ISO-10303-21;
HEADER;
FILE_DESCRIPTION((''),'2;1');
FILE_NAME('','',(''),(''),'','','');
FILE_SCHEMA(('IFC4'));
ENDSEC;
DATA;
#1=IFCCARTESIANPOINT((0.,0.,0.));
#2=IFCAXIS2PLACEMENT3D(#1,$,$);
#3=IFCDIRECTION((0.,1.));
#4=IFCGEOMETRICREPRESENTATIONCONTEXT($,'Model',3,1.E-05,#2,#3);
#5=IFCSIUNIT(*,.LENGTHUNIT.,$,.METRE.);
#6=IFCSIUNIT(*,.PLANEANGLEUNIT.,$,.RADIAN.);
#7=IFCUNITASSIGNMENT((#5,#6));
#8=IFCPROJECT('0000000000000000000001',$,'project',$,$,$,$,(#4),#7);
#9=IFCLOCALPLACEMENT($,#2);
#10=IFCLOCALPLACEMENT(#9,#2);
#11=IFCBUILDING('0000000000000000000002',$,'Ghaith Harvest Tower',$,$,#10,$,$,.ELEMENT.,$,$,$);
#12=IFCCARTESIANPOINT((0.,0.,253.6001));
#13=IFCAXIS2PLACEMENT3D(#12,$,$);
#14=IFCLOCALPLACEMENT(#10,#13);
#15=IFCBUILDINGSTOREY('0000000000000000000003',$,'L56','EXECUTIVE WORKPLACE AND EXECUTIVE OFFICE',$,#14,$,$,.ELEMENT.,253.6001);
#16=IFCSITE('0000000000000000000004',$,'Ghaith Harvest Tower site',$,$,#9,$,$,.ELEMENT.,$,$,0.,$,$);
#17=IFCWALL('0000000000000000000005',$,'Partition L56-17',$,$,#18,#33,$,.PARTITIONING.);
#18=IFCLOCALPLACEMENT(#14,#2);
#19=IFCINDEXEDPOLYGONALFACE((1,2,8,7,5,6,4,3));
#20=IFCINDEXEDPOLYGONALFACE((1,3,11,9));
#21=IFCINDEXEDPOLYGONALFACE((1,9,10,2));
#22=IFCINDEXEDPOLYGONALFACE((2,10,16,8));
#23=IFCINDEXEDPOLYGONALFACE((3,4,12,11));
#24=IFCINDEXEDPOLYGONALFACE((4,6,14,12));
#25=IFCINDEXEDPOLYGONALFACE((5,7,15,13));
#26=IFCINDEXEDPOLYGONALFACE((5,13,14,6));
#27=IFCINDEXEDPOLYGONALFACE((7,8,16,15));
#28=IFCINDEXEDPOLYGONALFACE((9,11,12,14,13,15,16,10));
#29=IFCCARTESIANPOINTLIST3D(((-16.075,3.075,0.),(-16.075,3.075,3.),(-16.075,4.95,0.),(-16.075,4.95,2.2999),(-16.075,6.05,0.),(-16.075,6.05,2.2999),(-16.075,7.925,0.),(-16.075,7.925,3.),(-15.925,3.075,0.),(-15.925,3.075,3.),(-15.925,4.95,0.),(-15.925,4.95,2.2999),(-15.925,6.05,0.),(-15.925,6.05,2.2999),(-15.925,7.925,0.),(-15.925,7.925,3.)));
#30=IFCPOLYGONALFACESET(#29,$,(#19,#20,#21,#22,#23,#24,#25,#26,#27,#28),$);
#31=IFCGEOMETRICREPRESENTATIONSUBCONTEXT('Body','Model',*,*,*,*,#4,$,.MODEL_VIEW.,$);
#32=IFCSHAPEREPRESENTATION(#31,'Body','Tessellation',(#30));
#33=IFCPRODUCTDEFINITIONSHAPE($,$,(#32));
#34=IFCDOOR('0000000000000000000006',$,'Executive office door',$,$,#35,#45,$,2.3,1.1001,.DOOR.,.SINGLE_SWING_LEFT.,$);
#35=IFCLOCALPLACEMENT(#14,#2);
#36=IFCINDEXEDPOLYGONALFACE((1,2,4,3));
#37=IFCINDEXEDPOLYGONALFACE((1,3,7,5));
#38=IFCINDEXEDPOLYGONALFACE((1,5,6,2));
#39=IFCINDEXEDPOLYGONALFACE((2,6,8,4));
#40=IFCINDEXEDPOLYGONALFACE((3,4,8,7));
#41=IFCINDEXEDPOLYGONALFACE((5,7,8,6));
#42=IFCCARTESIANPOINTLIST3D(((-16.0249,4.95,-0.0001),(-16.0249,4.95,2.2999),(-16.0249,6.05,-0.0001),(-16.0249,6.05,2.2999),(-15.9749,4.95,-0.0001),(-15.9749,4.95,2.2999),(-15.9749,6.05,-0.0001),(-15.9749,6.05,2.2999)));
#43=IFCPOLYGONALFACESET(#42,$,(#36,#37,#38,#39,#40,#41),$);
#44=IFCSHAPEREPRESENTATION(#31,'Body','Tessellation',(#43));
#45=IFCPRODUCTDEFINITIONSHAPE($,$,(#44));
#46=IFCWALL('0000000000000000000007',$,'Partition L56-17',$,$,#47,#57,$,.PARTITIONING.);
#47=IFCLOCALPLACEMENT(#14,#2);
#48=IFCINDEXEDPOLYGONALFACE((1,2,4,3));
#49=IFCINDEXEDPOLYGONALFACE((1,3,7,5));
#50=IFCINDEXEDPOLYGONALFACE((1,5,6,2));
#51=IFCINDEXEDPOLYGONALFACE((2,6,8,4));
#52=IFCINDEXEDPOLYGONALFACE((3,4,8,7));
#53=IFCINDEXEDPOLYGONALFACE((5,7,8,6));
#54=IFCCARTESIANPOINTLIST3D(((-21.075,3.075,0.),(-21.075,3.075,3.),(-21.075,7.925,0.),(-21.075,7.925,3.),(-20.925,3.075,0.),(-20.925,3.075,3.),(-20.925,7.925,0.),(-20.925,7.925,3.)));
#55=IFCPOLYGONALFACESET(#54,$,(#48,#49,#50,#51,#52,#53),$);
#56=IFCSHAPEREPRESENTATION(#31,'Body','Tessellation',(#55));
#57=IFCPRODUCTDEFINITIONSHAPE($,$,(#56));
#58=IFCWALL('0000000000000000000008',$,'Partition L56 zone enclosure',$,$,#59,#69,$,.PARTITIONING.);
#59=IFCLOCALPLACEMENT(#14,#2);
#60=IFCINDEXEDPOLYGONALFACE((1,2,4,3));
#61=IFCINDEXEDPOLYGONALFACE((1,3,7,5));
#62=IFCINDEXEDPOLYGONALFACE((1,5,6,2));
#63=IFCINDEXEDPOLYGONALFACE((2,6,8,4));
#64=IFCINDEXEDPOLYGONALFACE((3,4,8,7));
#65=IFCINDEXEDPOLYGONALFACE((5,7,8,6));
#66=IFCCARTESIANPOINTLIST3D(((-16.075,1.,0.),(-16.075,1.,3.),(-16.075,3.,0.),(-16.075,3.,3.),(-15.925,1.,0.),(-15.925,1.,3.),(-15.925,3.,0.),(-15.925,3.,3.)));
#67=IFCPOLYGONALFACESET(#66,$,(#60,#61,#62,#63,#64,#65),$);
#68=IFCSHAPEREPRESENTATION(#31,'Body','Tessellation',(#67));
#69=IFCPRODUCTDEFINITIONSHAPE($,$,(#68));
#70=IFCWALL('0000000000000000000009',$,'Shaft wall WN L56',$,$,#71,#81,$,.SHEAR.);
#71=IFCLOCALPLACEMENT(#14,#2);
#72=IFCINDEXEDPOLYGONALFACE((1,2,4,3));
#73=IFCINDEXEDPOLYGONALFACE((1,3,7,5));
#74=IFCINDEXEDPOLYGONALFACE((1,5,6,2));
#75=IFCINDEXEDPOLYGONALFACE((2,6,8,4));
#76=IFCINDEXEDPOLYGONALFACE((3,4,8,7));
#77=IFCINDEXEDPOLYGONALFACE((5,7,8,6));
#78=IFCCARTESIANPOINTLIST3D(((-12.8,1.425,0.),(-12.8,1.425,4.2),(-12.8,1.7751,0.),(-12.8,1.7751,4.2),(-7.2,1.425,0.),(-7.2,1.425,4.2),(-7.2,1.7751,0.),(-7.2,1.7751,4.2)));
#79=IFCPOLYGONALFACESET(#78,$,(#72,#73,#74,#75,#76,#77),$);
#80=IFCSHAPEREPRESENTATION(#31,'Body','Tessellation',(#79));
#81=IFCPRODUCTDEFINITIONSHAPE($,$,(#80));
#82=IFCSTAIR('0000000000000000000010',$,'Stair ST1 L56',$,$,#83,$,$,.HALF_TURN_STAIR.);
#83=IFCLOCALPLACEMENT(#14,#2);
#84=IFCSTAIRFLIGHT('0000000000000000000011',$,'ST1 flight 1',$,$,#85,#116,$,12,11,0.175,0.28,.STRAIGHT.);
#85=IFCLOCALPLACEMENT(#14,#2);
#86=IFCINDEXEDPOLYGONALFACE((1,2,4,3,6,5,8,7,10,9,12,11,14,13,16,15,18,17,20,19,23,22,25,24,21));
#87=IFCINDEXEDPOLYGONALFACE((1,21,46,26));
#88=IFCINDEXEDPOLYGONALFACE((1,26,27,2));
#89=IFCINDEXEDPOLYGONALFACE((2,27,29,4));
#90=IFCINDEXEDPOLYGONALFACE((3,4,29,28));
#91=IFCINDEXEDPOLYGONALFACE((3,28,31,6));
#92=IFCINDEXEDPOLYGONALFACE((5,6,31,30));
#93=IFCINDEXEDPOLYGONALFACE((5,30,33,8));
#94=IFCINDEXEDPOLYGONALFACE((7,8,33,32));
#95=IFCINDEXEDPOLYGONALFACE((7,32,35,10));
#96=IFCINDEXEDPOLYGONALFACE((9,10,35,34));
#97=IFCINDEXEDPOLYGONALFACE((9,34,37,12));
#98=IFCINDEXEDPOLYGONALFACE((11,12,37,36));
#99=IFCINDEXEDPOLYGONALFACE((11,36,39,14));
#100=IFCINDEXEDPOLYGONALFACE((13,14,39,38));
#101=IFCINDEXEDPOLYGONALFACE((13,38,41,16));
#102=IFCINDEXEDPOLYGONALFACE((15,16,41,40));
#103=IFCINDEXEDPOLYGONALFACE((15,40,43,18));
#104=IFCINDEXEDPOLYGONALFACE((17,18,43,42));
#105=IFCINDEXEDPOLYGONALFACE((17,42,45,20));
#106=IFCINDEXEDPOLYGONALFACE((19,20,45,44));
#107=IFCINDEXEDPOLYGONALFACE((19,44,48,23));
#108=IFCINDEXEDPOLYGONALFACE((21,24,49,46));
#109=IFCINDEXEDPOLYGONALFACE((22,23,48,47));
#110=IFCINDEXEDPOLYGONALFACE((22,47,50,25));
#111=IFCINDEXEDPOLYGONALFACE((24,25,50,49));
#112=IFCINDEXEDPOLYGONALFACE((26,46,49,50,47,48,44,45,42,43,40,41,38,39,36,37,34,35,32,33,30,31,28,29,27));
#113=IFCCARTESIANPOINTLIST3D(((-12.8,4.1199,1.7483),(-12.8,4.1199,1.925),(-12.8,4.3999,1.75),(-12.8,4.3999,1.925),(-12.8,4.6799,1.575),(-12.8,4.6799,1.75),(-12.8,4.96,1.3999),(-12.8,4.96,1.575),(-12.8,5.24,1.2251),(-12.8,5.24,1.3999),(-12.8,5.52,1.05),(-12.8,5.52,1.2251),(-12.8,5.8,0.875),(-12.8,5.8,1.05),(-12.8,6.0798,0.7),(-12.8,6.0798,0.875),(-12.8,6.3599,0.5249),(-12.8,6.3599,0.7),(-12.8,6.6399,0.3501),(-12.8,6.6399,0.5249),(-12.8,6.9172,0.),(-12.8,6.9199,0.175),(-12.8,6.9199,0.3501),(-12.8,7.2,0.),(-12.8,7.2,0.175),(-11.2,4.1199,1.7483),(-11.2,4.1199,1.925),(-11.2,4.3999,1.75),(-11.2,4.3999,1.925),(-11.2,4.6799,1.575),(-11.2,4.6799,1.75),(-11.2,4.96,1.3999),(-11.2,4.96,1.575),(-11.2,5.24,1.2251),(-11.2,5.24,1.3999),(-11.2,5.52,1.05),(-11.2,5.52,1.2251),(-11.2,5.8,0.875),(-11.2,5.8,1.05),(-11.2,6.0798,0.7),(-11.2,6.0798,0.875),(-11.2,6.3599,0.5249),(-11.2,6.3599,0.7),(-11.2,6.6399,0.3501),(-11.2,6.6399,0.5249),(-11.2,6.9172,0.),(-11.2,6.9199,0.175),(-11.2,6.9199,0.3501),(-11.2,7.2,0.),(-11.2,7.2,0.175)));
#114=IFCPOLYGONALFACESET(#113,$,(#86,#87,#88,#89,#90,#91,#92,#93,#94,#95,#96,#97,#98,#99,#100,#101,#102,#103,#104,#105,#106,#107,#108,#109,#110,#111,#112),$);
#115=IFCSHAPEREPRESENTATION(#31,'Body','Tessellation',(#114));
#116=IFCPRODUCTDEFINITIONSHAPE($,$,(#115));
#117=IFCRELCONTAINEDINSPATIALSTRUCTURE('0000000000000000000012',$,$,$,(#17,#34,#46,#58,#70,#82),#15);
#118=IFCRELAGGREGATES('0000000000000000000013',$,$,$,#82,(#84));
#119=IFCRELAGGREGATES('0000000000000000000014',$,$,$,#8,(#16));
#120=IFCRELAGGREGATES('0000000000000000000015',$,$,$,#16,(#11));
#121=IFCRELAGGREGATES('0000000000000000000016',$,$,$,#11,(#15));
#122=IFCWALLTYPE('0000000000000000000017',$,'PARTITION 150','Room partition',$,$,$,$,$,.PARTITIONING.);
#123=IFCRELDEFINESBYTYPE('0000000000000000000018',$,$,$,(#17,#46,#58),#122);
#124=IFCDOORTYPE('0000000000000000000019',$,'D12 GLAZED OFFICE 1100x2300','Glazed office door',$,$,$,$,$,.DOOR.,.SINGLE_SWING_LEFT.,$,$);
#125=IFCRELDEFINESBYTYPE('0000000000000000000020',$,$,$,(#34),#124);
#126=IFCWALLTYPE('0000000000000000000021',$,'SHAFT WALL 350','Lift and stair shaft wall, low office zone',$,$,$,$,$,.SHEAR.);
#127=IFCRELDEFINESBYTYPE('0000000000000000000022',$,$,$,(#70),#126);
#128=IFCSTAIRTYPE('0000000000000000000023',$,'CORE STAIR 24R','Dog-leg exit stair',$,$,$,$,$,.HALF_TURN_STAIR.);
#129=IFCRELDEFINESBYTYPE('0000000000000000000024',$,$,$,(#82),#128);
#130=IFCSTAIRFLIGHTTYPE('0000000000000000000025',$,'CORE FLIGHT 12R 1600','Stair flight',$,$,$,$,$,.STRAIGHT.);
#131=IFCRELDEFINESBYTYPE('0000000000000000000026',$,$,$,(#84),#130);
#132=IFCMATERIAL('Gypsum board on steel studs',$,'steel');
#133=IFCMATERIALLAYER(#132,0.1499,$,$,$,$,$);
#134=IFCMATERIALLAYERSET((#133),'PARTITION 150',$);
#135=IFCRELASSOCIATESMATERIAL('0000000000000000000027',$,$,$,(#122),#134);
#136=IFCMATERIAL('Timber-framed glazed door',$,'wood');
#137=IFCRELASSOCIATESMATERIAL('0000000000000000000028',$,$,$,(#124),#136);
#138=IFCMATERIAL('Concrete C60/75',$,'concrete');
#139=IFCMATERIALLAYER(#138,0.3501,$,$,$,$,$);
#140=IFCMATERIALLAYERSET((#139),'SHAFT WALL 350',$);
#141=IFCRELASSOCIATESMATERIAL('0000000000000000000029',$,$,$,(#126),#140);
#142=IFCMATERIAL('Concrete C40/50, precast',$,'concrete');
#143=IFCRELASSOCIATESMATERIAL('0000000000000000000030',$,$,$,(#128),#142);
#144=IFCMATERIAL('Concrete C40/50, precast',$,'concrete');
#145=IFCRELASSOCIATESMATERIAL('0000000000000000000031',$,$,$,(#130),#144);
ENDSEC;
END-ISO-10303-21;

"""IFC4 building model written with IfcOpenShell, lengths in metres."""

from ifc_helpers import new_model, si_unit, direction, frame, frame_2d, origin, place, context, subcontext, project, spatial, polyline, rectangle, outline, extrude, material, layer, layer_set, type_object, element, fill, aggregate, save


model = new_model("IFC4")

# Units and contexts
model_context = context("Model", 3, precision=1e-05, world=origin(), true_north=direction((0.0, 1.0)))
body_context = subcontext(model_context, "Body", "Model", "MODEL_VIEW")
ifc_project = project(units=[si_unit("LENGTHUNIT", "METRE"), si_unit("PLANEANGLEUNIT", "RADIAN")], contexts=[model_context])

# Site, building, storey
site_placement = place(None, origin())
site = spatial("IfcSite", under=ifc_project, at=site_placement, Name="Ghaith Harvest Tower site", CompositionType="ELEMENT", RefElevation=0.0)
building_placement = place(site_placement, origin())
building = spatial("IfcBuilding", under=site, at=building_placement, Name="Ghaith Harvest Tower", CompositionType="ELEMENT")
storey_placement = place(building_placement, frame((0.0, 0.0, 253.6001)))
storey = spatial("IfcBuildingStorey", under=building, at=storey_placement, Name="L56", Description="EXECUTIVE WORKPLACE AND EXECUTIVE OFFICE", CompositionType="ELEMENT", Elevation=253.6001)

# Shared definitions
ifc_material_1 = material(Name="Gypsum board on steel studs", Category="steel")
ifc_layer_1 = layer(ifc_material_1, 0.1499)
ifc_layer_set_1 = layer_set([ifc_layer_1], Name="PARTITION 150")
wall_type_1 = type_object("IfcWallType", Name="PARTITION 150", Description="Room partition", PredefinedType="PARTITIONING", material=ifc_layer_set_1)

# Wall, opening, door
wall_1_placement = place(storey_placement, frame((-16.0, 3.075, 0.0), z_axis=(0.0, 0.0, 1.0), x_axis=(0.0, 1.0, 0.0)))
wall_1 = element("IfcWall", 1, at=wall_1_placement, inside=storey, type_object=wall_type_1, Name="Partition L56-17", PredefinedType="PARTITIONING", context=body_context, shape_type="SweptSolid", body=[
    extrude(rectangle(XDim=4.8501, YDim=0.1499, at=frame_2d((2.425, 0.0))), origin(), (0.0, 0.0, 1.0), 3.0),
])
opening_placement = place(wall_1_placement, frame((1.875, 0.0, 0.0)))
opening = element("IfcOpeningElement", 2, at=opening_placement, cuts=wall_1, PredefinedType="OPENING", context=body_context, shape_type="SweptSolid", body=[
    extrude(rectangle(XDim=1.1001, YDim=2.3, at=frame_2d((0.55, 1.1499))), frame((0.0, 0.085, 0.0), z_axis=(0.0, -1.0, 0.0), x_axis=(1.0, 0.0, 0.0)), (0.0, 0.0, 1.0), 0.1699),
])
ifc_material_2 = material(Name="Timber-framed glazed door", Category="wood")
door_type = type_object("IfcDoorType", Name="D12 GLAZED OFFICE 1100x2300", Description="Glazed office door", OperationType="SINGLE_SWING_LEFT", PredefinedType="DOOR", material=ifc_material_2)
door_placement = place(opening_placement, origin())
door = element("IfcDoor", 3, at=door_placement, inside=storey, type_object=door_type, Name="Executive office door", OperationType="SINGLE_SWING_LEFT", OverallHeight=2.3, OverallWidth=1.1001, PredefinedType="DOOR", context=body_context, shape_type="SweptSolid", body=[
    extrude(rectangle(XDim=1.1001, YDim=2.3, at=frame_2d((0.55, 1.1499))), frame((0.0, 0.0249, 0.0), z_axis=(0.0, -1.0, 0.0), x_axis=(1.0, 0.0, 0.0)), (0.0, 0.0, 1.0), 0.05),
])
fill(opening, door)

# Walls
wall_2_placement = place(storey_placement, frame((-21.0, 3.075, 0.0), z_axis=(0.0, 0.0, 1.0), x_axis=(0.0, 1.0, 0.0)))
element("IfcWall", 4, at=wall_2_placement, inside=storey, type_object=wall_type_1, Name="Partition L56-17", PredefinedType="PARTITIONING", context=body_context, shape_type="SweptSolid", body=[
    extrude(rectangle(XDim=4.8501, YDim=0.1499, at=frame_2d((2.425, 0.0))), origin(), (0.0, 0.0, 1.0), 3.0),
])
wall_3_placement = place(storey_placement, frame((-16.0, 3.0, 0.0), z_axis=(0.0, 0.0, 1.0), x_axis=(0.0, -1.0, 0.0)))
element("IfcWall", 5, at=wall_3_placement, inside=storey, type_object=wall_type_1, Name="Partition L56 zone enclosure", PredefinedType="PARTITIONING", context=body_context, shape_type="SweptSolid", body=[
    extrude(rectangle(XDim=2.0, YDim=0.1499, at=frame_2d((1.0, 0.0))), origin(), (0.0, 0.0, 1.0), 3.0),
])
ifc_material_3 = material(Name="Concrete C60/75", Category="concrete")
ifc_layer_2 = layer(ifc_material_3, 0.3501)
ifc_layer_set_2 = layer_set([ifc_layer_2], Name="SHAFT WALL 350")
wall_type_2 = type_object("IfcWallType", Name="SHAFT WALL 350", Description="Lift and stair shaft wall, low office zone", PredefinedType="SHEAR", material=ifc_layer_set_2)
wall_4_placement = place(storey_placement, frame((-12.8, 1.6001, 0.0), z_axis=(0.0, 0.0, 1.0), x_axis=(1.0, 0.0, 0.0)))
element("IfcWall", 6, at=wall_4_placement, inside=storey, type_object=wall_type_2, Name="Shaft wall WN L56", PredefinedType="SHEAR", context=body_context, shape_type="SweptSolid", body=[
    extrude(rectangle(XDim=5.6001, YDim=0.3501, at=frame_2d((2.8, 0.0))), origin(), (0.0, 0.0, 1.0), 4.2),
])

# Stair, stair flight
ifc_material_4 = material(Name="Concrete C40/50, precast", Category="concrete")
stair_type = type_object("IfcStairType", Name="CORE STAIR 24R", Description="Dog-leg exit stair", PredefinedType="HALF_TURN_STAIR", material=ifc_material_4)
stair_placement = place(storey_placement, origin())
stair = element("IfcStair", 7, at=stair_placement, inside=storey, type_object=stair_type, Name="Stair ST1 L56", PredefinedType="HALF_TURN_STAIR")
ifc_material_5 = material(Name="Concrete C40/50, precast", Category="concrete")
stair_flight_type = type_object("IfcStairFlightType", Name="CORE FLIGHT 12R 1600", Description="Stair flight", PredefinedType="STRAIGHT", material=ifc_material_5)
stair_flight_placement = place(storey_placement, frame((-12.0, 7.2, 0.0), z_axis=(0.0, 0.0, 1.0), x_axis=(0.0, -1.0, 0.0)))
stair_flight = element("IfcStairFlight", 8, at=stair_flight_placement, type_object=stair_flight_type, Name="ST1 flight 1", NumberOfRisers=12, NumberOfTreads=11, PredefinedType="STRAIGHT", RiserHeight=0.175, TreadLength=0.28, context=body_context, shape_type="SweptSolid", body=[
    extrude(outline(polyline([(0.0, 0.0), (0.0, 0.175), (0.28, 0.175), (0.28, 0.3501), (0.5601, 0.3501), (0.5601, 0.5249), (0.8401, 0.5249), (0.8401, 0.7), (1.1201, 0.7), (1.1201, 0.875), (1.3999, 0.875), (1.3999, 1.05), (1.6799, 1.05), (1.6799, 1.2251), (1.96, 1.2251), (1.96, 1.3999), (2.24, 1.3999), (2.24, 1.575), (2.52, 1.575), (2.52, 1.75), (2.8, 1.75), (2.8, 1.925), (3.0801, 1.925), (3.0801, 2.1001), (3.0801, 1.7483), (0.2827, 0.0), (0.0, 0.0)])), frame((0.0, 0.8, 0.0), z_axis=(0.0, -1.0, 0.0), x_axis=(1.0, 0.0, 0.0)), (0.0, 0.0, 1.0), 1.6001),
])
aggregate(stair, [stair_flight])

save(model, "model.ifc")
